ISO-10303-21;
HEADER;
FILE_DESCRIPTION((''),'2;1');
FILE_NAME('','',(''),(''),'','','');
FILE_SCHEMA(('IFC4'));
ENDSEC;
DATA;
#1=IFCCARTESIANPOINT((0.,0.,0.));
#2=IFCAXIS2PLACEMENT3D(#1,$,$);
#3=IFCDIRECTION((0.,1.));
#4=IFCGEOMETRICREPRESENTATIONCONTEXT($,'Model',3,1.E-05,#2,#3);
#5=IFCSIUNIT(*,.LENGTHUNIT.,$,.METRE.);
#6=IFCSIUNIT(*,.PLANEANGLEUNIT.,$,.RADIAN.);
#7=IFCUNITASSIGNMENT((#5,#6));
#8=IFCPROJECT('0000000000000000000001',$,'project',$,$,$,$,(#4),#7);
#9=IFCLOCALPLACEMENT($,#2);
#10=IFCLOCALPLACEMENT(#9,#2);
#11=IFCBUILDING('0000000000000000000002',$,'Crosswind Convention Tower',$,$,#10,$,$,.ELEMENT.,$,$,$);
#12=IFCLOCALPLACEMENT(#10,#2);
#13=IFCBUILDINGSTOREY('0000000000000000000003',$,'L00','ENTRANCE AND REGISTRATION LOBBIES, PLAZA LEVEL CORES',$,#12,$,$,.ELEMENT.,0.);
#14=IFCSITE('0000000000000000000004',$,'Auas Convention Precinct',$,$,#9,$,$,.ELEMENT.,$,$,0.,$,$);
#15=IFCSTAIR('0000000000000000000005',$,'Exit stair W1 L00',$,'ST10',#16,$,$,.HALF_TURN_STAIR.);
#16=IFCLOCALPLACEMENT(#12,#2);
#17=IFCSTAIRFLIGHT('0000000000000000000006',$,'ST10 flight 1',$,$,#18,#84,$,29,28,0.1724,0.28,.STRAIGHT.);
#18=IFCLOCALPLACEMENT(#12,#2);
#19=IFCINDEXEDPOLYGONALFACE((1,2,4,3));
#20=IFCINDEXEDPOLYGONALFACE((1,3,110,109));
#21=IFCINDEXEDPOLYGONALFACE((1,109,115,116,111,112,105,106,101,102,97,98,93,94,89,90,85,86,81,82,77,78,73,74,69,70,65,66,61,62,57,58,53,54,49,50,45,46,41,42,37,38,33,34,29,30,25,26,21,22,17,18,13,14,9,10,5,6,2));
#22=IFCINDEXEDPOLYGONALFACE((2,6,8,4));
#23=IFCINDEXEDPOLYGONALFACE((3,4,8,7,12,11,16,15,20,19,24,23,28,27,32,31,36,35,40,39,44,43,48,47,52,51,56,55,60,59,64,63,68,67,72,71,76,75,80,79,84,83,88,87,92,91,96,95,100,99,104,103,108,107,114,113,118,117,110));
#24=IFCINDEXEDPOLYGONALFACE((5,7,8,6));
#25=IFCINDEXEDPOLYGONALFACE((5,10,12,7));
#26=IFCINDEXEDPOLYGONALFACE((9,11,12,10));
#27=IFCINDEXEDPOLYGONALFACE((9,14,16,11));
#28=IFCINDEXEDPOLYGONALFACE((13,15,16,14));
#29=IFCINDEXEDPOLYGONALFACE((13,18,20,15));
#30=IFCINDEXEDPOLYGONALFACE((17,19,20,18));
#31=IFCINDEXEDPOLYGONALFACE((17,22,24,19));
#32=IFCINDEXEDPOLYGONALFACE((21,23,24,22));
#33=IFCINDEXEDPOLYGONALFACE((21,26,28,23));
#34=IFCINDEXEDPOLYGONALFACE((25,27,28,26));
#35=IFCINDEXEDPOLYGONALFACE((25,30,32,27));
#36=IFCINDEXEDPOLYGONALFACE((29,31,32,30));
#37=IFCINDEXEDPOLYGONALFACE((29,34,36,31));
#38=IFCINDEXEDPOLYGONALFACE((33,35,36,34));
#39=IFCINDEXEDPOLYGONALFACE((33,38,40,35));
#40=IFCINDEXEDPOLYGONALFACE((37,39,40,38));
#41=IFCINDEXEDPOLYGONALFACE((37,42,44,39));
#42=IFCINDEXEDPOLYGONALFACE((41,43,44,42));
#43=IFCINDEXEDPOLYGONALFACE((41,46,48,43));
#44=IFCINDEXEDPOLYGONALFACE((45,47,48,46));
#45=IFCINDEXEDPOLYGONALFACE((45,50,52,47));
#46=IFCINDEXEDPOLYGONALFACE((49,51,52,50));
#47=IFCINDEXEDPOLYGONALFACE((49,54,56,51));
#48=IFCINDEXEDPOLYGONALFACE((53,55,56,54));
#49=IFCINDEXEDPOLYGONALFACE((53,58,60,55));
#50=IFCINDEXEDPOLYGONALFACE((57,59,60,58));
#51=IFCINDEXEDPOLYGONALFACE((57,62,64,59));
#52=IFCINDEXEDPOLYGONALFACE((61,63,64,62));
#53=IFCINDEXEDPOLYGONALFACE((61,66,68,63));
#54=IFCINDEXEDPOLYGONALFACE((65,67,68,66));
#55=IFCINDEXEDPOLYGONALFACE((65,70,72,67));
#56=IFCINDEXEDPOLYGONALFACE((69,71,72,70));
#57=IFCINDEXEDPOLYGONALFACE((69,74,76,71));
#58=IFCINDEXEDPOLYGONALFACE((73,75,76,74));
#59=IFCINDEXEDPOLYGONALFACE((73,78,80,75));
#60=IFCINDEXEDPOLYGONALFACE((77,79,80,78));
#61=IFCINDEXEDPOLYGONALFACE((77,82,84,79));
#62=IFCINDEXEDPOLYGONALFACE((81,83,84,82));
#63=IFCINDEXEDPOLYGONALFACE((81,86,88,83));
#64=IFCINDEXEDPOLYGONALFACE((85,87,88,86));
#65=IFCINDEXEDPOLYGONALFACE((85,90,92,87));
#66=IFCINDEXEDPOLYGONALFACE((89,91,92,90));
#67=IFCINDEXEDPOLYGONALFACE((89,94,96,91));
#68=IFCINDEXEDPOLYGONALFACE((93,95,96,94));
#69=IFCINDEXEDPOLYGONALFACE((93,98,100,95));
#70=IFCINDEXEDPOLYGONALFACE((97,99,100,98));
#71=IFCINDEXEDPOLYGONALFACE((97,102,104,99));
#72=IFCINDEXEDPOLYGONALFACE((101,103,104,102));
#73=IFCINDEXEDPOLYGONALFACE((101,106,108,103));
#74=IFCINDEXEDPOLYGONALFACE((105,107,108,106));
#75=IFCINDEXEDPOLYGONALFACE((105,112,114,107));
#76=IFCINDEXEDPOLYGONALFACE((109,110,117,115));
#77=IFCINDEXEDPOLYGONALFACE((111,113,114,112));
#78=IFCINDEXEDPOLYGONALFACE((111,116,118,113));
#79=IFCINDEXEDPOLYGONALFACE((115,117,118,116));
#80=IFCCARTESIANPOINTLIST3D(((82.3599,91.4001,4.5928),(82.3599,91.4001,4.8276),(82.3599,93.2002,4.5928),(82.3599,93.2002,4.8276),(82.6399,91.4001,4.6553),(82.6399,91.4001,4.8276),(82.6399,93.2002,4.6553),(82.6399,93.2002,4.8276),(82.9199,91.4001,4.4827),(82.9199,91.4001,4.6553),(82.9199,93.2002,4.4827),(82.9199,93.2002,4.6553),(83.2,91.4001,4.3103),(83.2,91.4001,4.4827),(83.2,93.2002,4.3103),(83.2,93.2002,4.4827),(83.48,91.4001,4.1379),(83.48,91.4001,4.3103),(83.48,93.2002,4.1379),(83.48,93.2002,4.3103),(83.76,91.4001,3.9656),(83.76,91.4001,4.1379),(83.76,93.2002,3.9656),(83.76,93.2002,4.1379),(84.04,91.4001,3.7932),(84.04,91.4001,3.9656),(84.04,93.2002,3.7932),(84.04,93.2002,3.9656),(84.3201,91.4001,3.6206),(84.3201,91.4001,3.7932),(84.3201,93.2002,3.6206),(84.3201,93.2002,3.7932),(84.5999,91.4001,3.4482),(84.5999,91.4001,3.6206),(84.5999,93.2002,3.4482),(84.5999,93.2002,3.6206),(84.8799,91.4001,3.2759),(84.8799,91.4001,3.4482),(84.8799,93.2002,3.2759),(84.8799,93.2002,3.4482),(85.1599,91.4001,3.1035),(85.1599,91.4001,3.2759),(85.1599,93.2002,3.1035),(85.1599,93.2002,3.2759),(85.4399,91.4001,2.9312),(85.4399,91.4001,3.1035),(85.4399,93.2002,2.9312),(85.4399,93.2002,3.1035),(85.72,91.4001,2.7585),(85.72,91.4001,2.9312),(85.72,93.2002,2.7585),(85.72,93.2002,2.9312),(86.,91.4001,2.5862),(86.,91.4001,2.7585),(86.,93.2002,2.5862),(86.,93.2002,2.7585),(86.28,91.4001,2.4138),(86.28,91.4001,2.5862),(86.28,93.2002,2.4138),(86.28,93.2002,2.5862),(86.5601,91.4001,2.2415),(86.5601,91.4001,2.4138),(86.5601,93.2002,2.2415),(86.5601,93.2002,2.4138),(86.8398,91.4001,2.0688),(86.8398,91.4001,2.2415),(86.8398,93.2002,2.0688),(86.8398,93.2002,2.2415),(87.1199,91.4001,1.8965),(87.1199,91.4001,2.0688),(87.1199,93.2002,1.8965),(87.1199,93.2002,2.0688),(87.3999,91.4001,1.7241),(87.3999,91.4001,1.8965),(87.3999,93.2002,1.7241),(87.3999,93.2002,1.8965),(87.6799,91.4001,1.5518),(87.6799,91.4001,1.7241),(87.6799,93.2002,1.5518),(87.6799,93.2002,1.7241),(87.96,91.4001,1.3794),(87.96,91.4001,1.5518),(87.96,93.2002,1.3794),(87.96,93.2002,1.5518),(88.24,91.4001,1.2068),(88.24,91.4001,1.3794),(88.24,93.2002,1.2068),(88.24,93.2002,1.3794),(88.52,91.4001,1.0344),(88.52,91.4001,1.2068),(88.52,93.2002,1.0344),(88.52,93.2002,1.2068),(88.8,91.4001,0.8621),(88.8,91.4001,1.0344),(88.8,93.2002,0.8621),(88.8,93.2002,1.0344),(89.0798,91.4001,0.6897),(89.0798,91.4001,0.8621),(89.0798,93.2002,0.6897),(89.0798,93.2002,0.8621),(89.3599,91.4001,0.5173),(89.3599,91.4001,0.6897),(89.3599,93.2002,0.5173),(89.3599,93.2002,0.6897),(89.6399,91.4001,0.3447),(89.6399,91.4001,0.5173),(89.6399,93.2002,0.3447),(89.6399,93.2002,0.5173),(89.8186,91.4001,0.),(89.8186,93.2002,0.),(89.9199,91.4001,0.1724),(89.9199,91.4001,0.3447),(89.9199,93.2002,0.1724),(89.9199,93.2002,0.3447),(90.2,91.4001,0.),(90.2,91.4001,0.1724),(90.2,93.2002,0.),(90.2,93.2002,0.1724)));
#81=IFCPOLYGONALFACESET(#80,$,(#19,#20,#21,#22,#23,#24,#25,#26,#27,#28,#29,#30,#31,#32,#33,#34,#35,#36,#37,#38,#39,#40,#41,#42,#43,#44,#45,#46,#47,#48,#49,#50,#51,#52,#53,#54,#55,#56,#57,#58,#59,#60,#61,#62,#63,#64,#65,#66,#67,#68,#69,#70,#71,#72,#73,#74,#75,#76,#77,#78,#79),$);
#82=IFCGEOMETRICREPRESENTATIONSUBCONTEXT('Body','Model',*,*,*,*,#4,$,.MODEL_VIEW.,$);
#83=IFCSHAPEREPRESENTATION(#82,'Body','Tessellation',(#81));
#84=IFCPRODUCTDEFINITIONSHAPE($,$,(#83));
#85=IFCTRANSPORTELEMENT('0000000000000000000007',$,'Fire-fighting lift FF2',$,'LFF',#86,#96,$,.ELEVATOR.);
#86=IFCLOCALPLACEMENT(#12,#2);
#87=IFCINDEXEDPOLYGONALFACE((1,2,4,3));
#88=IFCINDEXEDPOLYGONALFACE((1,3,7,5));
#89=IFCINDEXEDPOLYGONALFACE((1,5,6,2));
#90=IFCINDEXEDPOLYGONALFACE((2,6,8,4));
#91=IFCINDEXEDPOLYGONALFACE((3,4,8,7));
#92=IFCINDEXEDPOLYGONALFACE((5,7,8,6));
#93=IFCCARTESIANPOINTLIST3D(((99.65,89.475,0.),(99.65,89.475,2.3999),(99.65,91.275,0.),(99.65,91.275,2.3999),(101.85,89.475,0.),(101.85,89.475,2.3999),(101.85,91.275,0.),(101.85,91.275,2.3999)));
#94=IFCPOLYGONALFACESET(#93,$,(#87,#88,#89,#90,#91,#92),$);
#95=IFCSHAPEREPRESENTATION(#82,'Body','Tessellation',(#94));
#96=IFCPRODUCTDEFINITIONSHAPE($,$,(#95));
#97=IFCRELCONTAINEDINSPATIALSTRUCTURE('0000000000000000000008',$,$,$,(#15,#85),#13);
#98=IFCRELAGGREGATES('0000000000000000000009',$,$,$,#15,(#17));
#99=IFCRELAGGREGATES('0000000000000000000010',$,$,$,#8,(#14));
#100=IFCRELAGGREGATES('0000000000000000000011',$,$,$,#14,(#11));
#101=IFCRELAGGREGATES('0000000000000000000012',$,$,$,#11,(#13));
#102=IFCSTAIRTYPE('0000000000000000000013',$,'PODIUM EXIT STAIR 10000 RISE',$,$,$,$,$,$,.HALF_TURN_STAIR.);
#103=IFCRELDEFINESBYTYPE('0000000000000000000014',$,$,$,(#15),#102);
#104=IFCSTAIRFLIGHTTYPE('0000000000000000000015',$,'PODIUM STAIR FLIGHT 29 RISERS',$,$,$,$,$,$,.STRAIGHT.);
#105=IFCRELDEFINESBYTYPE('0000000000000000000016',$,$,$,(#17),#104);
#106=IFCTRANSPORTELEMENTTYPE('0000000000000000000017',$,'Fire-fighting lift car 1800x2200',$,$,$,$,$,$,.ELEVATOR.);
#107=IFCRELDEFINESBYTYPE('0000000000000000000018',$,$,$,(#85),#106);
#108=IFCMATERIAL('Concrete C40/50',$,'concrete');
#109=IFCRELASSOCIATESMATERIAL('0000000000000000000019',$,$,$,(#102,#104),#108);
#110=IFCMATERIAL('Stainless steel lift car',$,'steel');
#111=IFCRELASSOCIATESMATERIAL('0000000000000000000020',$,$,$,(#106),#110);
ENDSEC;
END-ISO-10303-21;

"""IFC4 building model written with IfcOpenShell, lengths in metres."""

from ifc_helpers import new_model, si_unit, direction, frame, origin, origin_2d, place, context, subcontext, project, spatial, polyline, rectangle, outline, extrude, material, type_object, element, aggregate, save


model = new_model("IFC4")

# Units and contexts
model_context = context("Model", 3, precision=1e-05, world=origin(), true_north=direction((0.0, 1.0)))
body_context = subcontext(model_context, "Body", "Model", "MODEL_VIEW")
ifc_project = project(units=[si_unit("LENGTHUNIT", "METRE"), si_unit("PLANEANGLEUNIT", "RADIAN")], contexts=[model_context])

# Site, building, storey
site_placement = place(None, origin())
site = spatial("IfcSite", under=ifc_project, at=site_placement, Name="Auas Convention Precinct", CompositionType="ELEMENT", RefElevation=0.0)
building_placement = place(site_placement, origin())
building = spatial("IfcBuilding", under=site, at=building_placement, Name="Crosswind Convention Tower", CompositionType="ELEMENT")
storey_placement = place(building_placement, origin())
storey = spatial("IfcBuildingStorey", under=building, at=storey_placement, Name="L00", Description="ENTRANCE AND REGISTRATION LOBBIES, PLAZA LEVEL CORES", CompositionType="ELEMENT", Elevation=0.0)

# Shared definitions
ifc_material_1 = material(Name="Concrete C40/50", Category="concrete")

# Stair, stair flight
stair_type = type_object("IfcStairType", Name="PODIUM EXIT STAIR 10000 RISE", PredefinedType="HALF_TURN_STAIR", material=ifc_material_1)
stair_placement = place(storey_placement, origin())
stair = element("IfcStair", 1, at=stair_placement, inside=storey, type_object=stair_type, Name="Exit stair W1 L00", ObjectType="ST10", PredefinedType="HALF_TURN_STAIR")
stair_flight_type = type_object("IfcStairFlightType", Name="PODIUM STAIR FLIGHT 29 RISERS", PredefinedType="STRAIGHT", material=ifc_material_1)
stair_flight_placement = place(storey_placement, frame((90.2, 92.3, 0.0), z_axis=(0.0, 0.0, 1.0), x_axis=(-1.0, 0.0, 0.0)))
stair_flight = element("IfcStairFlight", 2, at=stair_flight_placement, type_object=stair_flight_type, Name="ST10 flight 1", NumberOfRisers=29, NumberOfTreads=28, PredefinedType="STRAIGHT", RiserHeight=0.1724, TreadLength=0.28, context=body_context, shape_type="SweptSolid", body=[
    extrude(outline(polyline([(0.0, 0.0), (0.0, 0.1724), (0.28, 0.1724), (0.28, 0.3447), (0.5601, 0.3447), (0.5601, 0.5173), (0.8401, 0.5173), (0.8401, 0.6897), (1.1201, 0.6897), (1.1201, 0.8621), (1.3999, 0.8621), (1.3999, 1.0344), (1.6799, 1.0344), (1.6799, 1.2068), (1.96, 1.2068), (1.96, 1.3794), (2.24, 1.3794), (2.24, 1.5518), (2.52, 1.5518), (2.52, 1.7241), (2.8, 1.7241), (2.8, 1.8965), (3.0801, 1.8965), (3.0801, 2.0688), (3.3601, 2.0688), (3.3601, 2.2415), (3.6399, 2.2415), (3.6399, 2.4138), (3.9199, 2.4138), (3.9199, 2.5862), (4.2, 2.5862), (4.2, 2.7585), (4.48, 2.7585), (4.48, 2.9312), (4.76, 2.9312), (4.76, 3.1035), (5.04, 3.1035), (5.04, 3.2759), (5.3201, 3.2759), (5.3201, 3.4482), (5.6001, 3.4482), (5.6001, 3.6206), (5.8799, 3.6206), (5.8799, 3.7932), (6.1599, 3.7932), (6.1599, 3.9656), (6.4399, 3.9656), (6.4399, 4.1379), (6.72, 4.1379), (6.72, 4.3103), (7.0, 4.3103), (7.0, 4.4827), (7.28, 4.4827), (7.28, 4.6553), (7.5601, 4.6553), (7.5601, 4.8276), (7.8401, 4.8276), (7.8401, 5.0), (7.8401, 4.5928), (0.3813, 0.0), (0.0, 0.0)])), frame((0.0, 0.8999, 0.0), z_axis=(0.0, -1.0, 0.0), x_axis=(1.0, 0.0, 0.0)), (0.0, 0.0, 1.0), 1.8),
])
aggregate(stair, [stair_flight])

# Transport element
ifc_material_2 = material(Name="Stainless steel lift car", Category="steel")
transport_element_type = type_object("IfcTransportElementType", Name="Fire-fighting lift car 1800x2200", PredefinedType="ELEVATOR", material=ifc_material_2)
transport_element_placement = place(storey_placement, frame((100.75, 90.375, 0.0), z_axis=(0.0, 0.0, 1.0), x_axis=(1.0, 0.0, 0.0)))
element("IfcTransportElement", 3, at=transport_element_placement, inside=storey, type_object=transport_element_type, Name="Fire-fighting lift FF2", ObjectType="LFF", PredefinedType="ELEVATOR", context=body_context, shape_type="SweptSolid", body=[
    extrude(rectangle(XDim=2.2, YDim=1.8, at=origin_2d()), origin(), (0.0, 0.0, 1.0), 2.3999),
])

save(model, "model.ifc")
